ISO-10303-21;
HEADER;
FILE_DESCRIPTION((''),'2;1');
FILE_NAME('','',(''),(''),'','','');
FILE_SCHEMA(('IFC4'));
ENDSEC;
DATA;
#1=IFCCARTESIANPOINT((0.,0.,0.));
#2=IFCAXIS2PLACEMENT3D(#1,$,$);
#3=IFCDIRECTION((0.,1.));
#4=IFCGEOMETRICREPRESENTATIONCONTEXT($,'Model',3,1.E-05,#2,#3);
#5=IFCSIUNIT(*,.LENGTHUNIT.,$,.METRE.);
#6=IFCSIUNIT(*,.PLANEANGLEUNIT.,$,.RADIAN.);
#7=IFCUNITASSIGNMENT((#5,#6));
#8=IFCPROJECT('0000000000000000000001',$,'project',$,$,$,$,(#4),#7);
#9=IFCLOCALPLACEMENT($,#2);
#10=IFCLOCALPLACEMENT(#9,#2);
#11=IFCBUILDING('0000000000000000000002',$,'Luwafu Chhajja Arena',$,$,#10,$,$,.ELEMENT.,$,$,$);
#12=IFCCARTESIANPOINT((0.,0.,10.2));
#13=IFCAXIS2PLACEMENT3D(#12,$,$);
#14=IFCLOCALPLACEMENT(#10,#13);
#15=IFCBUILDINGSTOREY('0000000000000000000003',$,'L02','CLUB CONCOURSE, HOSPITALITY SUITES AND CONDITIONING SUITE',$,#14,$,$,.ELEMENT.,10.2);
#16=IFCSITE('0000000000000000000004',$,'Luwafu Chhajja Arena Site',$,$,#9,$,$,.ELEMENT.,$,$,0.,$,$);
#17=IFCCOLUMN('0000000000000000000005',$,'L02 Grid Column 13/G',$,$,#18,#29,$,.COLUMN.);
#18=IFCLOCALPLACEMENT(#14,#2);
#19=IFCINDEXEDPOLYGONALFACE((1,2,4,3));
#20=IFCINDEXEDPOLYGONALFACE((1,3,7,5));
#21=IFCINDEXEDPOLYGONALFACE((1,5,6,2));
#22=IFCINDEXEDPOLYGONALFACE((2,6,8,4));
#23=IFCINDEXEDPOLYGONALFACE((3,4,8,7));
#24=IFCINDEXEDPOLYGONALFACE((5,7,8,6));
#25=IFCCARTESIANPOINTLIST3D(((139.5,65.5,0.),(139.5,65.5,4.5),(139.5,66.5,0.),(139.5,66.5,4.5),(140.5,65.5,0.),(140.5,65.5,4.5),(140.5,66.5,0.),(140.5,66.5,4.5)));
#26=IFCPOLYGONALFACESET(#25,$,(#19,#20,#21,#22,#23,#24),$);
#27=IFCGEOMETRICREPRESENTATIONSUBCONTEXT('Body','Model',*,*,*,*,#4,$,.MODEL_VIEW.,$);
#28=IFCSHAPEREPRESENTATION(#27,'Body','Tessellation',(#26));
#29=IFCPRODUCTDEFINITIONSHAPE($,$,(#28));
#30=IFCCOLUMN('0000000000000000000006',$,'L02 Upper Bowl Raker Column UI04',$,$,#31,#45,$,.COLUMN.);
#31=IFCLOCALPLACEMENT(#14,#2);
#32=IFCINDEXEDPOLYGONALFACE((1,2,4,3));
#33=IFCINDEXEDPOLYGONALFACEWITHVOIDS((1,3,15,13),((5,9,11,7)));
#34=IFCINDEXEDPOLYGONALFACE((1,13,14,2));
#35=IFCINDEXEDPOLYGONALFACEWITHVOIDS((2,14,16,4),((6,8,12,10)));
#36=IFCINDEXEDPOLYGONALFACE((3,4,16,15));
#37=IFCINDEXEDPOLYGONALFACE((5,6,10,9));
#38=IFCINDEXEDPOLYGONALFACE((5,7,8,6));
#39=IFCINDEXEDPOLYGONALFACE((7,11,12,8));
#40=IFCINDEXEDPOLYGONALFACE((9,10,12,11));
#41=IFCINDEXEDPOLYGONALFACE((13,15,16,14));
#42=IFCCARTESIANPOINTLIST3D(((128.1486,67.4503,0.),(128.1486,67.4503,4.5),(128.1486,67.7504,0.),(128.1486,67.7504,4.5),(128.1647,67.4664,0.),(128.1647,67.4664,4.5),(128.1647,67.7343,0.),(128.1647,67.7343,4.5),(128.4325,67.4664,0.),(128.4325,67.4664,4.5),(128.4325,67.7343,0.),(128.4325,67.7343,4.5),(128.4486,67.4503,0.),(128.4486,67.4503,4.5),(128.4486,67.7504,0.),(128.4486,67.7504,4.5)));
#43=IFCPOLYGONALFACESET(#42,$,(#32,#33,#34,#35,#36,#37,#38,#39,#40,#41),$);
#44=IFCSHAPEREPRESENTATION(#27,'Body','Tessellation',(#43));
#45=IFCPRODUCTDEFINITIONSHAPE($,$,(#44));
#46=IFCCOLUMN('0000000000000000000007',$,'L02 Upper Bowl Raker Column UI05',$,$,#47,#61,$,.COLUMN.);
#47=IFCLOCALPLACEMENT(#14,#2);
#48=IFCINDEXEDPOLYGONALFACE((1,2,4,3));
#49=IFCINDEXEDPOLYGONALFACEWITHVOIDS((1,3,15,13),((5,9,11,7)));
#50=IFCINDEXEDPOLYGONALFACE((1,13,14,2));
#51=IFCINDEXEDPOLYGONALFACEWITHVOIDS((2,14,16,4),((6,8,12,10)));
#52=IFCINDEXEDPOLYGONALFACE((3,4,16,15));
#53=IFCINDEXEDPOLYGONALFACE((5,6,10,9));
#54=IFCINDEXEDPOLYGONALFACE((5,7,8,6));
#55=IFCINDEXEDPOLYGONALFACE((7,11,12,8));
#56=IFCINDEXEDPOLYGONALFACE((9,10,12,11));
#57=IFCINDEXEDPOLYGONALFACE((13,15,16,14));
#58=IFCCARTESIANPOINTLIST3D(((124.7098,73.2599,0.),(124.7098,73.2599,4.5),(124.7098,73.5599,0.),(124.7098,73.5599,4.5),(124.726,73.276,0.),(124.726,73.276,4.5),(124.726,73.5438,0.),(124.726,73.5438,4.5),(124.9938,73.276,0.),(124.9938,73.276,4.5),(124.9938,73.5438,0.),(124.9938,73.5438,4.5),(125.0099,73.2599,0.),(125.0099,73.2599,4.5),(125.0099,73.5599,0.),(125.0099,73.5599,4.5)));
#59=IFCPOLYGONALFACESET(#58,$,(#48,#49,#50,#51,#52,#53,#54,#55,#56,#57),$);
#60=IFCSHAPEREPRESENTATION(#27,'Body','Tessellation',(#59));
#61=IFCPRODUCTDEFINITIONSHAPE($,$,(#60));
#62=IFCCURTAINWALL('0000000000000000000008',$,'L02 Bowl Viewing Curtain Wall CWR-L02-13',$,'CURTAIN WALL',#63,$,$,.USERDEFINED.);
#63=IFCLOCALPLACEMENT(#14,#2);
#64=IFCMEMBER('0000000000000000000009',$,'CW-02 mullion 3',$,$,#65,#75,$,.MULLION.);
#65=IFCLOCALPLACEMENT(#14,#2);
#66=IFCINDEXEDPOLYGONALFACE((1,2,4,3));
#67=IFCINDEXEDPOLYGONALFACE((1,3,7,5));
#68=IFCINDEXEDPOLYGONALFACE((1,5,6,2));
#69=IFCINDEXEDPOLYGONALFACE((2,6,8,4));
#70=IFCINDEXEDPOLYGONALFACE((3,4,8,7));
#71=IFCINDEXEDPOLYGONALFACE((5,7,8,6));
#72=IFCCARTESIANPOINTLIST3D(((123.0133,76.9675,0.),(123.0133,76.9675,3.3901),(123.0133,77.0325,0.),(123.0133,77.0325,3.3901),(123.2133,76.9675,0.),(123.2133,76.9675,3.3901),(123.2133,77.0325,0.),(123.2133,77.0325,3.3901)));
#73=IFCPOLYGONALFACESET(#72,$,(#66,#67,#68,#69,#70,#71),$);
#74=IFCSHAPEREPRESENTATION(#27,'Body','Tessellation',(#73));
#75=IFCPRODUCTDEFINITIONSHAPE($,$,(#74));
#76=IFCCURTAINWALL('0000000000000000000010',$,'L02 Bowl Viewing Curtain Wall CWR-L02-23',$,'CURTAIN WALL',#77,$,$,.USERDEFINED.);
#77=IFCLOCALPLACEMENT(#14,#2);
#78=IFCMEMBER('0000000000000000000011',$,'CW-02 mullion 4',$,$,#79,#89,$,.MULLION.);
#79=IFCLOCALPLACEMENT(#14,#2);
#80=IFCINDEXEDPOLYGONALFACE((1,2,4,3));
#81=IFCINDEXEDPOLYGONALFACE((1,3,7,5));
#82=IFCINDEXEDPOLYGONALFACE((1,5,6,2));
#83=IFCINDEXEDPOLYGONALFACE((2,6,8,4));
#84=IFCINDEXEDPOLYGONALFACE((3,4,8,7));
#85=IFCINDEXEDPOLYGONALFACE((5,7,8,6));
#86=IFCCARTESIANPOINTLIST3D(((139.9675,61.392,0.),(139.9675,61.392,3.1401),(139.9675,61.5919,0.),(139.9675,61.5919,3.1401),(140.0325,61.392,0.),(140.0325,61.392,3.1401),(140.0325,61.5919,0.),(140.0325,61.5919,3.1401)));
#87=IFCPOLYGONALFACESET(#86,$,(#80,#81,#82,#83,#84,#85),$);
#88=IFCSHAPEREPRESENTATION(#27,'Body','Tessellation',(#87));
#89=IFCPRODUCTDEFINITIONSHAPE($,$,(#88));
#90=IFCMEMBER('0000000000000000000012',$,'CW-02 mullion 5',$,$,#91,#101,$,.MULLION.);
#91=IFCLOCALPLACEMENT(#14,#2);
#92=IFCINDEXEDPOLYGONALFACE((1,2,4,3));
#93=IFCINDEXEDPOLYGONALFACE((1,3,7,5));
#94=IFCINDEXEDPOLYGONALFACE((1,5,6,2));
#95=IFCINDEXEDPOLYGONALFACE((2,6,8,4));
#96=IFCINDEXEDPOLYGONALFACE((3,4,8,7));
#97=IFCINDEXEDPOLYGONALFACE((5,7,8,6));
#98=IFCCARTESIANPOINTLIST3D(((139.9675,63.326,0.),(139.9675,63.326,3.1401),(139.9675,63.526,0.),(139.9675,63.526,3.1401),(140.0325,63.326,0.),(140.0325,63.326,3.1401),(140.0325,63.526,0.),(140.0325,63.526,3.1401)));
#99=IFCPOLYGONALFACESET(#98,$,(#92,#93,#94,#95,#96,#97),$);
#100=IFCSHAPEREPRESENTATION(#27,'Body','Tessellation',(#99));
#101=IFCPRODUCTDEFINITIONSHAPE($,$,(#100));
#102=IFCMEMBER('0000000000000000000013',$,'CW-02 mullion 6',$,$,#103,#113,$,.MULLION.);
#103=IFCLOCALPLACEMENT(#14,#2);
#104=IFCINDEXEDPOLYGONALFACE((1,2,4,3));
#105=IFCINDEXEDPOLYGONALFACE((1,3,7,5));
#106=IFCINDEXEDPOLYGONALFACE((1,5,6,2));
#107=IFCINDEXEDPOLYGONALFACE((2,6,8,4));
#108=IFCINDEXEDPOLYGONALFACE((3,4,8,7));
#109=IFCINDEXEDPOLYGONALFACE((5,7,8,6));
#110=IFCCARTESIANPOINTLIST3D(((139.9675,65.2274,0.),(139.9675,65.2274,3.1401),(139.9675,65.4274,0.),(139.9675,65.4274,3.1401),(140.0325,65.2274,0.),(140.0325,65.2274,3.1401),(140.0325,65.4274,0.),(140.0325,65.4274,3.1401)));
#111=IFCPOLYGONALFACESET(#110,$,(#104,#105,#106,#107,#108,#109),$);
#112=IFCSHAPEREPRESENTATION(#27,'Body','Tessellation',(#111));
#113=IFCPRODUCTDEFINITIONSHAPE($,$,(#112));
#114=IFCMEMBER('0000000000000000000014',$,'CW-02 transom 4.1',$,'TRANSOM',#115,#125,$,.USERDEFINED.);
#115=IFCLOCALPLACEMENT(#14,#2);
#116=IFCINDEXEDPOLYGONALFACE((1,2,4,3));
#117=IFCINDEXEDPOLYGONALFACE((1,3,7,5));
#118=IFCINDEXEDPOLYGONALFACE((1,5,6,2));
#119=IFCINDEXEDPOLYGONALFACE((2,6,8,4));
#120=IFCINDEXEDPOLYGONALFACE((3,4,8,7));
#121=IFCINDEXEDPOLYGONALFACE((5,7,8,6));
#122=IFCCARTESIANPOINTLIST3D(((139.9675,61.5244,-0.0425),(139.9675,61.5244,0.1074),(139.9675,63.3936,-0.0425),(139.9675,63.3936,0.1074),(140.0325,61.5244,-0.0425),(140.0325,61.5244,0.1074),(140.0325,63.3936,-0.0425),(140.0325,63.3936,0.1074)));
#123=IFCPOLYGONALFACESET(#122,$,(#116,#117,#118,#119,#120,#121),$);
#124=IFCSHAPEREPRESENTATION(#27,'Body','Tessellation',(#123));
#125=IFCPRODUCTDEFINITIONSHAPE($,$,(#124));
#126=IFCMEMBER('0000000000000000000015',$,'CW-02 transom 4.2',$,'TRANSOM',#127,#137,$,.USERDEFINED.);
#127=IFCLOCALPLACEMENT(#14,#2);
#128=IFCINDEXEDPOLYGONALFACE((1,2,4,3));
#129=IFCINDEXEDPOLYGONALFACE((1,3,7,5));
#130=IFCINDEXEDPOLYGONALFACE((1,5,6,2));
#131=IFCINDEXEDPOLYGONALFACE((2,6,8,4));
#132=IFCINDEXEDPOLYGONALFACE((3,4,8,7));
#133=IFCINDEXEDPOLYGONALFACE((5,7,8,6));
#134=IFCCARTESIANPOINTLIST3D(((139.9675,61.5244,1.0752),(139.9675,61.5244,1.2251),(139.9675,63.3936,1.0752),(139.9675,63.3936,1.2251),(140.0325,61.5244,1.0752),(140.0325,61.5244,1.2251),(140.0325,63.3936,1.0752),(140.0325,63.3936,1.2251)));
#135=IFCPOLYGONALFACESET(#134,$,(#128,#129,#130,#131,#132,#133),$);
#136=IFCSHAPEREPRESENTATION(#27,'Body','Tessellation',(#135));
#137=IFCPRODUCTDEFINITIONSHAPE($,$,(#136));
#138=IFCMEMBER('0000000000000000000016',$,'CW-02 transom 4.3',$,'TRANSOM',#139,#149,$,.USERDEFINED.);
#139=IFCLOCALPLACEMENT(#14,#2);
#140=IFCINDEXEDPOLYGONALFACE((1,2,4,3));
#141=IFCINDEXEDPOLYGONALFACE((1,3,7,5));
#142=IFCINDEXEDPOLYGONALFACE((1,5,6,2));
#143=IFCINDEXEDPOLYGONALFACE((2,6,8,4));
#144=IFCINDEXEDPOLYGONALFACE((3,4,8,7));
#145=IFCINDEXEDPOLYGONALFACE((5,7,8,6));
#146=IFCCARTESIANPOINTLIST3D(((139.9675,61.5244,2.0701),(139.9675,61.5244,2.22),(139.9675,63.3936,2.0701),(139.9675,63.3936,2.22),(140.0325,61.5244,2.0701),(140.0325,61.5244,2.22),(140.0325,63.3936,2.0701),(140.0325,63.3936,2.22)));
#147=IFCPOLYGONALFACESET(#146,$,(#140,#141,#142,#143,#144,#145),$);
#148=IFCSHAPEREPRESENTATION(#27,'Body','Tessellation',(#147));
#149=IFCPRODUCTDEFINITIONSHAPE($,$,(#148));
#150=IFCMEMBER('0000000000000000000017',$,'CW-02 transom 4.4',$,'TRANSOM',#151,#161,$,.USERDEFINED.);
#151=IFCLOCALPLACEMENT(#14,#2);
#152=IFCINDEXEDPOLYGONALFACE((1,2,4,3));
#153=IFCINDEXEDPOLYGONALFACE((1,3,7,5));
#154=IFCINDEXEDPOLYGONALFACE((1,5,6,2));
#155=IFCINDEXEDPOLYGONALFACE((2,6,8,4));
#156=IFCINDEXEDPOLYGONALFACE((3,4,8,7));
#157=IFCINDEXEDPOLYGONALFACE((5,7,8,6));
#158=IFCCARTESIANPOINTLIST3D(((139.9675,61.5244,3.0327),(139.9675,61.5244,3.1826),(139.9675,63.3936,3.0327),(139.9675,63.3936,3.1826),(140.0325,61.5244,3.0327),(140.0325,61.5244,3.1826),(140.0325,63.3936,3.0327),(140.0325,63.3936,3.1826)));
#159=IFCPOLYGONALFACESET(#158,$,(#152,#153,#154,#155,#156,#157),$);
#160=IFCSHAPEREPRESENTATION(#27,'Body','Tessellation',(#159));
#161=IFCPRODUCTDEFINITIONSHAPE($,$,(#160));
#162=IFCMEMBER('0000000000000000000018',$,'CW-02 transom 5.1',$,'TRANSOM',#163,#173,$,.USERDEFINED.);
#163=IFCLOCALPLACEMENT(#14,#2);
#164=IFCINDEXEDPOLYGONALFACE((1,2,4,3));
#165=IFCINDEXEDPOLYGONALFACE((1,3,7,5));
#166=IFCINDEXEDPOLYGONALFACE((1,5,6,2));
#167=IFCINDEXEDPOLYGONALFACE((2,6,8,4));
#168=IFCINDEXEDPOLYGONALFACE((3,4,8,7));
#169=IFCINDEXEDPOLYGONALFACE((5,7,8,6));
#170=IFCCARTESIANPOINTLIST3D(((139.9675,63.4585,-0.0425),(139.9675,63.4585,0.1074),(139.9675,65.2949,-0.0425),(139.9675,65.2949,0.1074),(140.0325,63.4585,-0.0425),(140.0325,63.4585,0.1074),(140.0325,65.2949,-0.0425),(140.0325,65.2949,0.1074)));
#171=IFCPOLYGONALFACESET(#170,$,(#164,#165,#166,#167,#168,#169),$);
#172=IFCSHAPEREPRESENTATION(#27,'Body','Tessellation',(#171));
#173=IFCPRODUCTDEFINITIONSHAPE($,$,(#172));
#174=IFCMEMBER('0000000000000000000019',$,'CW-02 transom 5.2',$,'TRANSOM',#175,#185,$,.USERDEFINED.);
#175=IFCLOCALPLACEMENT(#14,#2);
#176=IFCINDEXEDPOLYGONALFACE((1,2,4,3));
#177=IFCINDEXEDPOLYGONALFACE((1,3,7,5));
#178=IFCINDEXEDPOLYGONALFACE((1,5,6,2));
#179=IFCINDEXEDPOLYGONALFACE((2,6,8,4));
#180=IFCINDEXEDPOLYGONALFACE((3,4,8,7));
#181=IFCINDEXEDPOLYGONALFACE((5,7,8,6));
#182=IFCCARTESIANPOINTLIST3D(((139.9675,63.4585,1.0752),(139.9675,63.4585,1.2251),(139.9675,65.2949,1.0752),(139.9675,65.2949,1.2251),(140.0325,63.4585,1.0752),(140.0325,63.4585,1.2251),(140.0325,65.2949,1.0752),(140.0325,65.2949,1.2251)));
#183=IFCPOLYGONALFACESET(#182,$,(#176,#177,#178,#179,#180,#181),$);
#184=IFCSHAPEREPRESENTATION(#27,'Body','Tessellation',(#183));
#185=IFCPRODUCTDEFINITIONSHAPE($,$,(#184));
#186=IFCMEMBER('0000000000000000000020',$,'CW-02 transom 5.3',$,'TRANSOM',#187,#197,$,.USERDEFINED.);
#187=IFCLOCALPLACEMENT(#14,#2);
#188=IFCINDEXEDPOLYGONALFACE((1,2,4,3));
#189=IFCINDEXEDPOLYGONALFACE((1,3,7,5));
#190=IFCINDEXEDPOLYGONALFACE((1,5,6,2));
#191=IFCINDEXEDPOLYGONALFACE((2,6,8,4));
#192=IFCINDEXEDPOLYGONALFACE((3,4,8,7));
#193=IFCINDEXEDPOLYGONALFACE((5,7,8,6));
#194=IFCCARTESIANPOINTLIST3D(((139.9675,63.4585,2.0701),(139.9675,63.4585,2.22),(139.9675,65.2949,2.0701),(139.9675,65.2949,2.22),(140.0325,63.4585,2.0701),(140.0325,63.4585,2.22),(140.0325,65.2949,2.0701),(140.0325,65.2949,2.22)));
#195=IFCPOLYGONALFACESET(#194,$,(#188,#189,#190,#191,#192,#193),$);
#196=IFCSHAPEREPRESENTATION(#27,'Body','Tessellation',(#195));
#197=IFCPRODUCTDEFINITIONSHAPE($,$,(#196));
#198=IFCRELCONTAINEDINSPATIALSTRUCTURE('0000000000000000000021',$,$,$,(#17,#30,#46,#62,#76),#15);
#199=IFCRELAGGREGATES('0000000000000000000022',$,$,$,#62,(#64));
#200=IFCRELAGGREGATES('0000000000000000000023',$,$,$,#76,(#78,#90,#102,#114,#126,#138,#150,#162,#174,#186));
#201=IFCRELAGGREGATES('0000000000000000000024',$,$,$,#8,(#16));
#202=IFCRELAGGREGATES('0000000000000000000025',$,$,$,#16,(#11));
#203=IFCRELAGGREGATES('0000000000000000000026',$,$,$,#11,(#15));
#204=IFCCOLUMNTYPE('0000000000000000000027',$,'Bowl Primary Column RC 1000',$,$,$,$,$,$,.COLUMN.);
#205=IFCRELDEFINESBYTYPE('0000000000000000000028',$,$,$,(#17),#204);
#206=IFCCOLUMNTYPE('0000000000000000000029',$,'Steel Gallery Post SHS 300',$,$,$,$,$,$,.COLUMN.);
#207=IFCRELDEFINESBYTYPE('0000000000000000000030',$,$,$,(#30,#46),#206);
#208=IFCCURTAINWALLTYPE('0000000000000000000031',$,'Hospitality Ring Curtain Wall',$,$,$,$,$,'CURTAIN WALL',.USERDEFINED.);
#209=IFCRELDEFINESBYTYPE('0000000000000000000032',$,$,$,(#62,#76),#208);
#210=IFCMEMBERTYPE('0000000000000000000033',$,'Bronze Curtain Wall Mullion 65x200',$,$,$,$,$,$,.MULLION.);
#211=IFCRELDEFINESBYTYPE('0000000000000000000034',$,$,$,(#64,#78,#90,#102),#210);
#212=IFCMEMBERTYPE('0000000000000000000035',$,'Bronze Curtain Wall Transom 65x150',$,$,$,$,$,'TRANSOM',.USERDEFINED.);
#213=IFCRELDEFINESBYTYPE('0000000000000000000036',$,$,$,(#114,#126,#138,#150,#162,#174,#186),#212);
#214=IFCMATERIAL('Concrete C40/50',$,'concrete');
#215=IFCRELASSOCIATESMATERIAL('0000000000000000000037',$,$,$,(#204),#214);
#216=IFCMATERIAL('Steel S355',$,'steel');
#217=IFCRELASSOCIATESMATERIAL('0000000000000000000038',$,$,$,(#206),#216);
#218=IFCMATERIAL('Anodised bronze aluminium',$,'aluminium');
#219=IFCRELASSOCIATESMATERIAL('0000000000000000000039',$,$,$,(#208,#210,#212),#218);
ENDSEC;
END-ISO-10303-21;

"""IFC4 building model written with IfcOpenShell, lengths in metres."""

from ifc_helpers import new_model, si_unit, direction, frame, origin, origin_2d, place, context, subcontext, project, spatial, rectangle, hollow_rectangle, extrude, material, material_profile, profile_set, type_object, element, aggregate, save


model = new_model("IFC4")

# Units and contexts
model_context = context("Model", 3, precision=1e-05, world=origin(), true_north=direction((0.0, 1.0)))
body_context = subcontext(model_context, "Body", "Model", "MODEL_VIEW")
ifc_project = project(units=[si_unit("LENGTHUNIT", "METRE"), si_unit("PLANEANGLEUNIT", "RADIAN")], contexts=[model_context])

# Site, building, storey
site_placement = place(None, origin())
site = spatial("IfcSite", under=ifc_project, at=site_placement, Name="Luwafu Chhajja Arena Site", CompositionType="ELEMENT", RefElevation=0.0)
building_placement = place(site_placement, origin())
building = spatial("IfcBuilding", under=site, at=building_placement, Name="Luwafu Chhajja Arena", CompositionType="ELEMENT")
storey_placement = place(building_placement, frame((0.0, 0.0, 10.2)))
storey = spatial("IfcBuildingStorey", under=building, at=storey_placement, Name="L02", Description="CLUB CONCOURSE, HOSPITALITY SUITES AND CONDITIONING SUITE", CompositionType="ELEMENT", Elevation=10.2)

# Columns
ifc_material_1 = material(Name="Concrete C40/50", Category="concrete")
ifc_material_profile_1 = material_profile(ifc_material_1, rectangle(XDim=1.0, YDim=1.0, at=origin_2d()), Name="RC 1000x1000")
ifc_profile_set_1 = profile_set([ifc_material_profile_1], Name="Concrete C40/50")
column_type_1 = type_object("IfcColumnType", Name="Bowl Primary Column RC 1000", PredefinedType="COLUMN", material=ifc_profile_set_1)
column_placement = place(storey_placement, frame((140.0, 66.0, 0.0), z_axis=(0.0, 0.0, 1.0), x_axis=(1.0, 0.0, 0.0)))
element("IfcColumn", 1, at=column_placement, inside=storey, type_object=column_type_1, Name="L02 Grid Column 13/G", PredefinedType="COLUMN", context=body_context, shape_type="SweptSolid", body=[
    extrude(rectangle(XDim=1.0, YDim=1.0, at=origin_2d()), origin(), (0.0, 0.0, 1.0), 4.5),
])
ifc_material_2 = material(Name="Steel S355", Category="steel")
ifc_material_profile_2 = material_profile(ifc_material_2, hollow_rectangle(XDim=0.3, YDim=0.3, WallThickness=0.0161, at=origin_2d()), Name="SHS 300x300x16")
ifc_profile_set_2 = profile_set([ifc_material_profile_2], Name="Steel S355")
column_type_2 = type_object("IfcColumnType", Name="Steel Gallery Post SHS 300", PredefinedType="COLUMN", material=ifc_profile_set_2)
for number, where, z_axis, x_axis, name in (
    (2, (128.2986, 67.6003, 0.0), (0.0, 0.0, 1.0), (1.0, 0.0, 0.0), "L02 Upper Bowl Raker Column UI04"),
    (3, (124.8599, 73.4099, 0.0), (0.0, 0.0, 1.0), (1.0, 0.0, 0.0), "L02 Upper Bowl Raker Column UI05"),
):
    element("IfcColumn", number, at=place(storey_placement, frame(where, z_axis=z_axis, x_axis=x_axis)), inside=storey, type_object=column_type_2, Name=name, PredefinedType="COLUMN", context=body_context, shape_type="SweptSolid", body=[
        extrude(hollow_rectangle(XDim=0.3, YDim=0.3, WallThickness=0.0161, at=origin_2d()), origin(), (0.0, 0.0, 1.0), 4.5),
    ])

# Curtain wall, member
ifc_material_3 = material(Name="Anodised bronze aluminium", Category="aluminium")
curtain_wall_type = type_object("IfcCurtainWallType", Name="Hospitality Ring Curtain Wall", ElementType="CURTAIN WALL", PredefinedType="USERDEFINED", material=ifc_material_3)
curtain_wall_1_placement = place(storey_placement, origin())
curtain_wall_1 = element("IfcCurtainWall", 4, at=curtain_wall_1_placement, inside=storey, type_object=curtain_wall_type, Name="L02 Bowl Viewing Curtain Wall CWR-L02-13", ObjectType="CURTAIN WALL", PredefinedType="USERDEFINED")
ifc_material_profile_3 = material_profile(ifc_material_3, rectangle(XDim=0.0649, YDim=0.2, at=origin_2d()), Name="CWM 65x200")
ifc_profile_set_3 = profile_set([ifc_material_profile_3], Name="Anodised bronze aluminium")
member_type_1 = type_object("IfcMemberType", Name="Bronze Curtain Wall Mullion 65x200", PredefinedType="MULLION", material=ifc_profile_set_3)
member_1_placement = place(storey_placement, frame((123.1133, 77.0, 0.0), z_axis=(0.0, 0.0, 1.0), x_axis=(0.0, 1.0, 0.0)))
member_1 = element("IfcMember", 5, at=member_1_placement, type_object=member_type_1, Name="CW-02 mullion 3", PredefinedType="MULLION", context=body_context, shape_type="SweptSolid", body=[
    extrude(rectangle(XDim=0.0649, YDim=0.2, at=origin_2d()), origin(), (0.0, 0.0, 1.0), 3.3901),
])

# Curtain wall, members
curtain_wall_2_placement = place(storey_placement, origin())
curtain_wall_2 = element("IfcCurtainWall", 6, at=curtain_wall_2_placement, inside=storey, type_object=curtain_wall_type, Name="L02 Bowl Viewing Curtain Wall CWR-L02-23", ObjectType="CURTAIN WALL", PredefinedType="USERDEFINED")
member_2_placement = place(storey_placement, frame((140.0, 61.4919, 0.0), z_axis=(0.0, 0.0, 1.0), x_axis=(-1.0, 0.0, 0.0)))
member_2 = element("IfcMember", 7, at=member_2_placement, type_object=member_type_1, Name="CW-02 mullion 4", PredefinedType="MULLION", context=body_context, shape_type="SweptSolid", body=[
    extrude(rectangle(XDim=0.0649, YDim=0.2, at=origin_2d()), origin(), (0.0, 0.0, 1.0), 3.1401),
])
member_3_placement = place(storey_placement, frame((140.0, 63.426, 0.0), z_axis=(0.0, 0.0, 1.0), x_axis=(-1.0, 0.0, 0.0)))
member_3 = element("IfcMember", 8, at=member_3_placement, type_object=member_type_1, Name="CW-02 mullion 5", PredefinedType="MULLION", context=body_context, shape_type="SweptSolid", body=[
    extrude(rectangle(XDim=0.0649, YDim=0.2, at=origin_2d()), origin(), (0.0, 0.0, 1.0), 3.1401),
])
member_4_placement = place(storey_placement, frame((140.0, 65.3274, 0.0), z_axis=(0.0, 0.0, 1.0), x_axis=(-1.0, 0.0, 0.0)))
member_4 = element("IfcMember", 9, at=member_4_placement, type_object=member_type_1, Name="CW-02 mullion 6", PredefinedType="MULLION", context=body_context, shape_type="SweptSolid", body=[
    extrude(rectangle(XDim=0.0649, YDim=0.2, at=origin_2d()), origin(), (0.0, 0.0, 1.0), 3.1401),
])
ifc_material_profile_4 = material_profile(ifc_material_3, rectangle(XDim=0.0649, YDim=0.1499, at=origin_2d()), Name="CWT 65x150")
ifc_profile_set_4 = profile_set([ifc_material_profile_4], Name="Anodised bronze aluminium")
member_type_2 = type_object("IfcMemberType", Name="Bronze Curtain Wall Transom 65x150", ElementType="TRANSOM", PredefinedType="USERDEFINED", material=ifc_profile_set_4)
member_5_placement = place(storey_placement, frame((140.0, 61.5244, 0.0325), z_axis=(0.0, 1.0, 0.0), x_axis=(-1.0, 0.0, 0.0)))
member_5 = element("IfcMember", 10, at=member_5_placement, type_object=member_type_2, Name="CW-02 transom 4.1", ObjectType="TRANSOM", PredefinedType="USERDEFINED", context=body_context, shape_type="SweptSolid", body=[
    extrude(rectangle(XDim=0.0649, YDim=0.1499, at=origin_2d()), origin(), (0.0, 0.0, 1.0), 1.8691),
])
member_6_placement = place(storey_placement, frame((140.0, 61.5244, 1.1501), z_axis=(0.0, 1.0, 0.0), x_axis=(-1.0, 0.0, 0.0)))
member_6 = element("IfcMember", 11, at=member_6_placement, type_object=member_type_2, Name="CW-02 transom 4.2", ObjectType="TRANSOM", PredefinedType="USERDEFINED", context=body_context, shape_type="SweptSolid", body=[
    extrude(rectangle(XDim=0.0649, YDim=0.1499, at=origin_2d()), origin(), (0.0, 0.0, 1.0), 1.8691),
])
member_7_placement = place(storey_placement, frame((140.0, 61.5244, 2.145), z_axis=(0.0, 1.0, 0.0), x_axis=(-1.0, 0.0, 0.0)))
member_7 = element("IfcMember", 12, at=member_7_placement, type_object=member_type_2, Name="CW-02 transom 4.3", ObjectType="TRANSOM", PredefinedType="USERDEFINED", context=body_context, shape_type="SweptSolid", body=[
    extrude(rectangle(XDim=0.0649, YDim=0.1499, at=origin_2d()), origin(), (0.0, 0.0, 1.0), 1.8691),
])
member_8_placement = place(storey_placement, frame((140.0, 61.5244, 3.1077), z_axis=(0.0, 1.0, 0.0), x_axis=(-1.0, 0.0, 0.0)))
member_8 = element("IfcMember", 13, at=member_8_placement, type_object=member_type_2, Name="CW-02 transom 4.4", ObjectType="TRANSOM", PredefinedType="USERDEFINED", context=body_context, shape_type="SweptSolid", body=[
    extrude(rectangle(XDim=0.0649, YDim=0.1499, at=origin_2d()), origin(), (0.0, 0.0, 1.0), 1.8691),
])
member_9_placement = place(storey_placement, frame((140.0, 63.4585, 0.0325), z_axis=(0.0, 1.0, 0.0), x_axis=(-1.0, 0.0, 0.0)))
member_9 = element("IfcMember", 14, at=member_9_placement, type_object=member_type_2, Name="CW-02 transom 5.1", ObjectType="TRANSOM", PredefinedType="USERDEFINED", context=body_context, shape_type="SweptSolid", body=[
    extrude(rectangle(XDim=0.0649, YDim=0.1499, at=origin_2d()), origin(), (0.0, 0.0, 1.0), 1.8364),
])
member_10_placement = place(storey_placement, frame((140.0, 63.4585, 1.1501), z_axis=(0.0, 1.0, 0.0), x_axis=(-1.0, 0.0, 0.0)))
member_10 = element("IfcMember", 15, at=member_10_placement, type_object=member_type_2, Name="CW-02 transom 5.2", ObjectType="TRANSOM", PredefinedType="USERDEFINED", context=body_context, shape_type="SweptSolid", body=[
    extrude(rectangle(XDim=0.0649, YDim=0.1499, at=origin_2d()), origin(), (0.0, 0.0, 1.0), 1.8364),
])
member_11_placement = place(storey_placement, frame((140.0, 63.4585, 2.145), z_axis=(0.0, 1.0, 0.0), x_axis=(-1.0, 0.0, 0.0)))
member_11 = element("IfcMember", 16, at=member_11_placement, type_object=member_type_2, Name="CW-02 transom 5.3", ObjectType="TRANSOM", PredefinedType="USERDEFINED", context=body_context, shape_type="SweptSolid", body=[
    extrude(rectangle(XDim=0.0649, YDim=0.1499, at=origin_2d()), origin(), (0.0, 0.0, 1.0), 1.8364),
])

aggregate(curtain_wall_1, [member_1])
aggregate(curtain_wall_2, [member_2, member_3, member_4, member_5, member_6, member_7, member_8, member_9, member_10, member_11])

save(model, "model.ifc")
